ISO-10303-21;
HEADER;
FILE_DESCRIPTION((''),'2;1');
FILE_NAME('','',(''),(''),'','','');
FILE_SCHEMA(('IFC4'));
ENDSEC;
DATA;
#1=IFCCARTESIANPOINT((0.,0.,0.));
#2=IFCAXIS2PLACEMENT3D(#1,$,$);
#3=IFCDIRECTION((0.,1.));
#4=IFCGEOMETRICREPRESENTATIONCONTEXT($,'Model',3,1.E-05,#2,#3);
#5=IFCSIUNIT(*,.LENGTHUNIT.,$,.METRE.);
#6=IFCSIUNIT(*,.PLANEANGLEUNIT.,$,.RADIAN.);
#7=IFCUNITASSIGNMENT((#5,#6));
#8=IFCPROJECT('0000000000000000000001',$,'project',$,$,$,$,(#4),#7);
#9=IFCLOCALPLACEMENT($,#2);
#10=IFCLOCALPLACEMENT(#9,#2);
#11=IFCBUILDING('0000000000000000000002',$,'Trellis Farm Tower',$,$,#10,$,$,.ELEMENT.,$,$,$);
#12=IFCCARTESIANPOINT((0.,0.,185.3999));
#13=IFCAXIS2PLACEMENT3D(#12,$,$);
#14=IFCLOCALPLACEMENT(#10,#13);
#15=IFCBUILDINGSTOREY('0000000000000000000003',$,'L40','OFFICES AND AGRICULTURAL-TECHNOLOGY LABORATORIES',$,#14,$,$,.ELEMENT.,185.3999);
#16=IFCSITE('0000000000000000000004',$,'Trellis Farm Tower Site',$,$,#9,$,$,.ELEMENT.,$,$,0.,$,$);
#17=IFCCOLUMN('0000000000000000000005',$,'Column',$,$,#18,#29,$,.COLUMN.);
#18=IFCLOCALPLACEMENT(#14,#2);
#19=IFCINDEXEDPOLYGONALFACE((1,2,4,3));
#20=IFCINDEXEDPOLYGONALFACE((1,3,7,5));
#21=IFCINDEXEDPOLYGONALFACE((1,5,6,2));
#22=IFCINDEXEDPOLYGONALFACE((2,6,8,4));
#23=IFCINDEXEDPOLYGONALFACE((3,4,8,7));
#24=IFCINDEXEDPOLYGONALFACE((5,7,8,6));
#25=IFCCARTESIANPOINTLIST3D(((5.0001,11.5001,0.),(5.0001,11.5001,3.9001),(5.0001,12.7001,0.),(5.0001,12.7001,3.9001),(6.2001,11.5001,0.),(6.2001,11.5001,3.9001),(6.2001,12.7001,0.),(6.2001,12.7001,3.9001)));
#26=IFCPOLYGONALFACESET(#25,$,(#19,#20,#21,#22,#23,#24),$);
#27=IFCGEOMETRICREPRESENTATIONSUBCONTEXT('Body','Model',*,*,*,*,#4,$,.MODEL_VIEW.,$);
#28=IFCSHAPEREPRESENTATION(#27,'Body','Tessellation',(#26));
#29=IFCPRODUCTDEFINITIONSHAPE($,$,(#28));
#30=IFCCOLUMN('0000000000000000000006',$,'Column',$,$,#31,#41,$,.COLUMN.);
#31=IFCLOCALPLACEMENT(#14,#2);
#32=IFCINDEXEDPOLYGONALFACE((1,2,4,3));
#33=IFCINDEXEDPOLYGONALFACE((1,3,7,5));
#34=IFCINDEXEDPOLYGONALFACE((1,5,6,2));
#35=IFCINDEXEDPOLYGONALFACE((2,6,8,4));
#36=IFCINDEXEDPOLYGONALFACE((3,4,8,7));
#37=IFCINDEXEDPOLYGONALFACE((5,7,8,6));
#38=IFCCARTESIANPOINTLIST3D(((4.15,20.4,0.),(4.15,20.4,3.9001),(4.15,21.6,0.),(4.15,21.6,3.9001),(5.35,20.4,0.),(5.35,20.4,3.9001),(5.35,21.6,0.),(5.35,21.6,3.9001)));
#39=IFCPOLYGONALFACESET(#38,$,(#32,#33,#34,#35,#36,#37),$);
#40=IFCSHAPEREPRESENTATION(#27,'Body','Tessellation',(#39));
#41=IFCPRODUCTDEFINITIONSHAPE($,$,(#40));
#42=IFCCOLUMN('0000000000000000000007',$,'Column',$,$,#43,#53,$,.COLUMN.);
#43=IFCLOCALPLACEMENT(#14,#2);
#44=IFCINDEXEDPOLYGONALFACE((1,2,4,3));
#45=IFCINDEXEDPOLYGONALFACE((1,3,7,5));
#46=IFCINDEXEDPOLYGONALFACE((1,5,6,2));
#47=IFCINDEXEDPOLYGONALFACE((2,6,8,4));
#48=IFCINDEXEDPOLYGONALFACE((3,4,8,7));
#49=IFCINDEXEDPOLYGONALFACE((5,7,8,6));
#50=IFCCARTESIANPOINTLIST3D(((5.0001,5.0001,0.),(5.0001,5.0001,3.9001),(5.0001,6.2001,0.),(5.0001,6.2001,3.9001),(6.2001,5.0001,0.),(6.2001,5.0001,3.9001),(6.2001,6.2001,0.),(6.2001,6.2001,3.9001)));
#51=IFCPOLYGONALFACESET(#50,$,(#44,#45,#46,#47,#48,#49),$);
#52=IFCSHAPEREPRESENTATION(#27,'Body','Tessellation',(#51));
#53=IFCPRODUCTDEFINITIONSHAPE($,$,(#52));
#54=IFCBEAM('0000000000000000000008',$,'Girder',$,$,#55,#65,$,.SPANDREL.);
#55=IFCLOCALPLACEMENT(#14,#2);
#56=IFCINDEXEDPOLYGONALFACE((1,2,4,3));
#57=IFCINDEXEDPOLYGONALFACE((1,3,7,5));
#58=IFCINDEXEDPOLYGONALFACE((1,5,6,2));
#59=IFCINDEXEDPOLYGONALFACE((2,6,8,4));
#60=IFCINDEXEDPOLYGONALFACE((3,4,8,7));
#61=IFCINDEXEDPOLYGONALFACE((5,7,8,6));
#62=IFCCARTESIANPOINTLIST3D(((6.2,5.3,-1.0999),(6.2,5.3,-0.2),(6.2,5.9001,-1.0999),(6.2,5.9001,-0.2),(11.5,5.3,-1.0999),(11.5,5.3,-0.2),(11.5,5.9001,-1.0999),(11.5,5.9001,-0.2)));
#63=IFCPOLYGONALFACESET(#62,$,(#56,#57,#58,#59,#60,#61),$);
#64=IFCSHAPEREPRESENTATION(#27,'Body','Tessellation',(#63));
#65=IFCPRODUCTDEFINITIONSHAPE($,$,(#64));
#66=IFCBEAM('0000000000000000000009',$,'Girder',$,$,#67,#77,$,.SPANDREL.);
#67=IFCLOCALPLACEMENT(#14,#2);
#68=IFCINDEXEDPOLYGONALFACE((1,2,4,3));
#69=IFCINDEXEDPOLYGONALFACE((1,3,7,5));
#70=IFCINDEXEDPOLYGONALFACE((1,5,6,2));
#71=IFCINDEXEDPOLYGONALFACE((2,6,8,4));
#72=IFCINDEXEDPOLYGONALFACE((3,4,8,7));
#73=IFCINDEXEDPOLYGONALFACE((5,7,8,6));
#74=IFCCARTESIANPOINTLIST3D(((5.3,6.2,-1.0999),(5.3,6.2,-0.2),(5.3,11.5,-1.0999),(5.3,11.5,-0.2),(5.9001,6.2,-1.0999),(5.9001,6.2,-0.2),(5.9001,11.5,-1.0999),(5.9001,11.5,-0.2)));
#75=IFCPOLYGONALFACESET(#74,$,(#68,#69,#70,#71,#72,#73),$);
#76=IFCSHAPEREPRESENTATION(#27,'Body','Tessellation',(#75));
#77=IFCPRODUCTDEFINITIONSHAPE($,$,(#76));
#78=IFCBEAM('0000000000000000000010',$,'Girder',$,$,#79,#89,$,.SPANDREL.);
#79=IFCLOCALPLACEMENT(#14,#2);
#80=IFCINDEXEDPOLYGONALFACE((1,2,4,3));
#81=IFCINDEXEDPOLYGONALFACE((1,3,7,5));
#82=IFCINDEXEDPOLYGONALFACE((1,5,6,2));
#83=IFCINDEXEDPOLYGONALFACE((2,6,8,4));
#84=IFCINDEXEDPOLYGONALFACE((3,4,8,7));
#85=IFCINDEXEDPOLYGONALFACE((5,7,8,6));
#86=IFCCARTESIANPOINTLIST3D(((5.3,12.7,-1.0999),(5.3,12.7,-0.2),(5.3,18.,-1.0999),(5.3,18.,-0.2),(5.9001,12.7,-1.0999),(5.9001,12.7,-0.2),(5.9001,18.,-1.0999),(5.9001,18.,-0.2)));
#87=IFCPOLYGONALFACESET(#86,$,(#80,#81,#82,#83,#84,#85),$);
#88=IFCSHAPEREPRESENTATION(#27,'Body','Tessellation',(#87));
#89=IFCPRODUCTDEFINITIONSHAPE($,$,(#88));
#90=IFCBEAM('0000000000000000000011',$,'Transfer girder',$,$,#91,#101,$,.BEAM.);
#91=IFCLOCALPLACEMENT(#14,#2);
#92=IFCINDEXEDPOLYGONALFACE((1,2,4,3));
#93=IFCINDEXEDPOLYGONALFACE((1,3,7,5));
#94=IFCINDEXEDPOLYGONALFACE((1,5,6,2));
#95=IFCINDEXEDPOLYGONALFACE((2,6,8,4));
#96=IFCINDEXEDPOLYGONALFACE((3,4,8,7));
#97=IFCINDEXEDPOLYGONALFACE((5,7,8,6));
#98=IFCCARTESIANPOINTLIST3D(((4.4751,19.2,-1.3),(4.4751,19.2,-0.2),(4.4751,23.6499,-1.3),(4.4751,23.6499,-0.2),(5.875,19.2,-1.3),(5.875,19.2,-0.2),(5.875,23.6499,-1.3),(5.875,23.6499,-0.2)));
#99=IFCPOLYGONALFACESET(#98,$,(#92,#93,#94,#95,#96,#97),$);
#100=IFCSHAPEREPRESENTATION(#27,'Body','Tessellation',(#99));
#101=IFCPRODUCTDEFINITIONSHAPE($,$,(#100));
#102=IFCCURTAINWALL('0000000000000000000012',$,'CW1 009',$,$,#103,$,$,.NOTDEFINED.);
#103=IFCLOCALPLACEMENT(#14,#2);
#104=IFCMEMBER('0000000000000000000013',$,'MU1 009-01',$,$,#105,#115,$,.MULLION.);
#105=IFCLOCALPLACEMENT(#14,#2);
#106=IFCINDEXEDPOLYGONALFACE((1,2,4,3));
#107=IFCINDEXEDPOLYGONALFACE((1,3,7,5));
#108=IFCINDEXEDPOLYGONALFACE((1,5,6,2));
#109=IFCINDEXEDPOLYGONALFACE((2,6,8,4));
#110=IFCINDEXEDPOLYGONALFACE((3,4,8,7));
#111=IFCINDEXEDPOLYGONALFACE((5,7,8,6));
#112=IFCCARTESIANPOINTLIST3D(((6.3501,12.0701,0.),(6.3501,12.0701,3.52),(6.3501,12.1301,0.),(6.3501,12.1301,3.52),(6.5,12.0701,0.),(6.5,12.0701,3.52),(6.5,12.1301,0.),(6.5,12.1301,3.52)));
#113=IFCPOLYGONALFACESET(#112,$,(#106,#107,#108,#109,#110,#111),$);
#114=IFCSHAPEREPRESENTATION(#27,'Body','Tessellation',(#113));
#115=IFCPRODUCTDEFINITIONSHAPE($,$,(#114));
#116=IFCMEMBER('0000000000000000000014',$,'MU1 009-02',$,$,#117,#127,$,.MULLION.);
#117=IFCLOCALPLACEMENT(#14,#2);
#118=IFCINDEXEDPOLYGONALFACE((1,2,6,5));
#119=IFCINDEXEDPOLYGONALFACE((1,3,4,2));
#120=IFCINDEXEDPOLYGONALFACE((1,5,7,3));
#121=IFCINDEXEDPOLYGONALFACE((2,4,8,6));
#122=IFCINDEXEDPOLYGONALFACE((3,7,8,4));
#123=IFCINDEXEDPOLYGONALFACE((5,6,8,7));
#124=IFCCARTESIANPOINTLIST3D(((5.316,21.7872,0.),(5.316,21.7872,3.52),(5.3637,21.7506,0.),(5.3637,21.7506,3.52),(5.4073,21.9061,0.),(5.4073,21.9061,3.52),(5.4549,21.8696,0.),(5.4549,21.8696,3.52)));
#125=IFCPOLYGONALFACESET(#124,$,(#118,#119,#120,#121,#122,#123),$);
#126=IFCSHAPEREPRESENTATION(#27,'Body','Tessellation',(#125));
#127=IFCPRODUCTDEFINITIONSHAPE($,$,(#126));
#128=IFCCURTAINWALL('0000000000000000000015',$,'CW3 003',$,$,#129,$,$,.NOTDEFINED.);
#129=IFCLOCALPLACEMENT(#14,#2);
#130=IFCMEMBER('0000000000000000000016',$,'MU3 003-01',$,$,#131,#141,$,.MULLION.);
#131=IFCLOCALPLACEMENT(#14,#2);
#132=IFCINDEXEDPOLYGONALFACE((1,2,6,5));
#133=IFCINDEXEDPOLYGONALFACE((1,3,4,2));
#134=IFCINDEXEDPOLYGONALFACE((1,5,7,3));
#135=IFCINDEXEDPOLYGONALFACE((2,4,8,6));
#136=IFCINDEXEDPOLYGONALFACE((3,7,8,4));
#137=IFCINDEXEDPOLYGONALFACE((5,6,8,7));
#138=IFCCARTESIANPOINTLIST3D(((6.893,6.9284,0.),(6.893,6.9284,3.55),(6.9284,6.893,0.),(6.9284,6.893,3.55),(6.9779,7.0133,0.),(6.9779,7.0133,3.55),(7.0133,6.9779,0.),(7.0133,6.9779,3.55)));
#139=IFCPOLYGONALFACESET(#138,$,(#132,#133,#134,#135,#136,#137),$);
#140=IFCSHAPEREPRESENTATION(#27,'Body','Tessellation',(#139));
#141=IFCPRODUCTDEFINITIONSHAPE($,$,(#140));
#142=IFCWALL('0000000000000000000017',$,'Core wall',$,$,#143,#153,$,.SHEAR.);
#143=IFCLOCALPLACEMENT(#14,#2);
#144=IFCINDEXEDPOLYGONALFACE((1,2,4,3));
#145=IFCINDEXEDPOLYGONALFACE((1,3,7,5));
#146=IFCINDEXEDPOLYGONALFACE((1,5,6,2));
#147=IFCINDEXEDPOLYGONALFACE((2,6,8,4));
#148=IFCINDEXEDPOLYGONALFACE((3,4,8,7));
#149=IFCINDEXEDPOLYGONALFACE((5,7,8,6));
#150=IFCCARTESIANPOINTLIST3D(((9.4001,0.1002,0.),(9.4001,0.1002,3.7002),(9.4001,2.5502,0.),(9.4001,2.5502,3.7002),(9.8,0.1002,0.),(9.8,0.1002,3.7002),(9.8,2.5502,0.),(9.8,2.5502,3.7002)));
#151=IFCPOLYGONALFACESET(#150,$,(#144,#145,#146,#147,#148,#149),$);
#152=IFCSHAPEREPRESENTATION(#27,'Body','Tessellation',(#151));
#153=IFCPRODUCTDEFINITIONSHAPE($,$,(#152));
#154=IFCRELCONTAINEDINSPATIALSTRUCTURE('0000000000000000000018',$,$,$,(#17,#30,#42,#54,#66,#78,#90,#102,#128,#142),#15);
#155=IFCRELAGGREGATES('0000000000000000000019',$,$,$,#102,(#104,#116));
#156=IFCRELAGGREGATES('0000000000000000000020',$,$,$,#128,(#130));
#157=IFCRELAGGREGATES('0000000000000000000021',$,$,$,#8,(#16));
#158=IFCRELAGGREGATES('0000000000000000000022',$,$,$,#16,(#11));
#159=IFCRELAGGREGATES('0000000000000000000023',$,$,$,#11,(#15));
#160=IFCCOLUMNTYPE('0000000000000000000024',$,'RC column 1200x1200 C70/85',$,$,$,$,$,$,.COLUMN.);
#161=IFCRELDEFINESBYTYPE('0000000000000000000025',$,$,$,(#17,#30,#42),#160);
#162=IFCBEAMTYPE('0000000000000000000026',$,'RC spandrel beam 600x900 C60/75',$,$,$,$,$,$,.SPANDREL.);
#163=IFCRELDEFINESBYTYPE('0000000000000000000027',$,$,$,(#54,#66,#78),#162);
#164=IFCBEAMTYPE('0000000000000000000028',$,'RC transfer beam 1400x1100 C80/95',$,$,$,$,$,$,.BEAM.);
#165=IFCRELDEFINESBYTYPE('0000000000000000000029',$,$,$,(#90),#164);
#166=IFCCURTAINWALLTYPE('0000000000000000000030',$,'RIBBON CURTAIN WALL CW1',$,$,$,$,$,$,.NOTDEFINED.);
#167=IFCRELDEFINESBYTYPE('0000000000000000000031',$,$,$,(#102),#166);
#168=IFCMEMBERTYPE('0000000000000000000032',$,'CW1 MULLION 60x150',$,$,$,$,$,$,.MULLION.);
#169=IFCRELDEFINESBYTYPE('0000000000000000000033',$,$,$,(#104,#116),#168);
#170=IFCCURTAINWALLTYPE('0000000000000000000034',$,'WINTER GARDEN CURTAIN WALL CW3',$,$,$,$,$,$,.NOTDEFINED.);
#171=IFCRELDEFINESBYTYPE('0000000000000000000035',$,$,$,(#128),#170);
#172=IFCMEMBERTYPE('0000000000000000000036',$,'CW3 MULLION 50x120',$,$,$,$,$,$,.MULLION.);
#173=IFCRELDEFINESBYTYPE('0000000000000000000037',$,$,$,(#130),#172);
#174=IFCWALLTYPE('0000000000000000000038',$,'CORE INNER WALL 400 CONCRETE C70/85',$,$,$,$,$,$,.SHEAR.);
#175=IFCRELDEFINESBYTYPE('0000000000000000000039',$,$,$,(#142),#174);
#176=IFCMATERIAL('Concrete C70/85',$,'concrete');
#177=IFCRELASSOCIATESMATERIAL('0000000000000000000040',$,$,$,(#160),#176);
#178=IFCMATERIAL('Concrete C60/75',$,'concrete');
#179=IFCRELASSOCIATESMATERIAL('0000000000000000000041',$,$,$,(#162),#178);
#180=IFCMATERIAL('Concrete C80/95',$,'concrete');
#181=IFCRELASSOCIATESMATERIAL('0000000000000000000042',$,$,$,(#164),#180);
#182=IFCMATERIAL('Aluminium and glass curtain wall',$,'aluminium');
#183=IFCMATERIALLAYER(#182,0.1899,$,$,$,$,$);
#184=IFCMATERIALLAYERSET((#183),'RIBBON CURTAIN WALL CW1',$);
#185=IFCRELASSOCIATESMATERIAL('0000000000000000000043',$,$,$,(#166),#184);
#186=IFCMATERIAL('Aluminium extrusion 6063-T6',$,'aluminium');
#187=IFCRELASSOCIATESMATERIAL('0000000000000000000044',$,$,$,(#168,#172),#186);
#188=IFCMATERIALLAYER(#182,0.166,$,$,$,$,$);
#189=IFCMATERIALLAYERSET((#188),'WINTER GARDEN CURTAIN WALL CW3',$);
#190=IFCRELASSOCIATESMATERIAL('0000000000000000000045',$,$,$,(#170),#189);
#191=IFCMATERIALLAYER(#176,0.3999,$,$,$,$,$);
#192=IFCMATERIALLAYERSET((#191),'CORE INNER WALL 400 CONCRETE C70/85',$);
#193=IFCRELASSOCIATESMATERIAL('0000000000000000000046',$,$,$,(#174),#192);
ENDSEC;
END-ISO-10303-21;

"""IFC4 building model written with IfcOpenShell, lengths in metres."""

from ifc_helpers import new_model, si_unit, direction, frame, frame_2d, origin, origin_2d, place, context, subcontext, project, spatial, rectangle, extrude, source, transform, mapped, material, layer, layer_set, material_profile, profile_set, type_object, element, aggregate, save


model = new_model("IFC4")

# Units and contexts
model_context = context("Model", 3, precision=1e-05, world=origin(), true_north=direction((0.0, 1.0)))
body_context = subcontext(model_context, "Body", "Model", "MODEL_VIEW")
ifc_project = project(units=[si_unit("LENGTHUNIT", "METRE"), si_unit("PLANEANGLEUNIT", "RADIAN")], contexts=[model_context])

# Site, building, storey
site_placement = place(None, origin())
site = spatial("IfcSite", under=ifc_project, at=site_placement, Name="Trellis Farm Tower Site", CompositionType="ELEMENT", RefElevation=0.0)
building_placement = place(site_placement, origin())
building = spatial("IfcBuilding", under=site, at=building_placement, Name="Trellis Farm Tower", CompositionType="ELEMENT")
storey_placement = place(building_placement, frame((0.0, 0.0, 185.3999)))
storey = spatial("IfcBuildingStorey", under=building, at=storey_placement, Name="L40", Description="OFFICES AND AGRICULTURAL-TECHNOLOGY LABORATORIES", CompositionType="ELEMENT", Elevation=185.3999)

# Columns
ifc_material_1 = material(Name="Concrete C70/85", Category="concrete")
ifc_material_profile_1 = material_profile(ifc_material_1, rectangle(XDim=1.2, YDim=1.2, at=origin_2d()), Name="RC column 1200x1200 C70/85")
ifc_profile_set_1 = profile_set([ifc_material_profile_1], Name="Concrete C70/85")
column_type = type_object("IfcColumnType", Name="RC column 1200x1200 C70/85", PredefinedType="COLUMN", material=ifc_profile_set_1)
shared_shape_1 = source(origin(), body_context, "Body", "SweptSolid", [
    extrude(rectangle(XDim=1.2, YDim=1.2, at=origin_2d()), origin(), (0.0, 0.0, 1.0), 3.9001),
])
for number, where, z_axis, x_axis, name in (
    (1, (5.6001, 12.1001, 0.0), (0.0, 0.0, 1.0), (1.0, 0.0, 0.0), "Column"),
    (2, (4.75, 21.0, 0.0), (0.0, 0.0, 1.0), (1.0, 0.0, 0.0), "Column"),
    (3, (5.6001, 5.6001, 0.0), (0.0, 0.0, 1.0), (1.0, 0.0, 0.0), "Column"),
):
    element("IfcColumn", number, at=place(storey_placement, frame(where, z_axis=z_axis, x_axis=x_axis)), inside=storey, type_object=column_type, Name=name, PredefinedType="COLUMN", context=body_context, shape_type="MappedRepresentation", body=[
        mapped(shared_shape_1, transform((0.0, 0.0, 0.0))),
    ])

# Beams
ifc_material_2 = material(Name="Concrete C60/75", Category="concrete")
ifc_material_profile_2 = material_profile(ifc_material_2, rectangle(XDim=0.6001, YDim=0.8999, at=origin_2d()), Name="RC spandrel beam 600x900 C60/75")
ifc_profile_set_2 = profile_set([ifc_material_profile_2], Name="Concrete C60/75")
beam_type_1 = type_object("IfcBeamType", Name="RC spandrel beam 600x900 C60/75", PredefinedType="SPANDREL", material=ifc_profile_set_2)
shared_shape_2 = source(origin(), body_context, "Body", "SweptSolid", [
    extrude(rectangle(XDim=0.6001, YDim=0.8999, at=origin_2d()), origin(), (0.0, 0.0, 1.0), 5.3),
])
for number, where, z_axis, x_axis, name in (
    (4, (6.2, 5.6001, -0.6499), (1.0, 0.0, 0.0), (0.0, 1.0, 0.0), "Girder"),
    (5, (5.6001, 6.2, -0.6499), (0.0, 1.0, 0.0), (-1.0, 0.0, 0.0), "Girder"),
    (6, (5.6001, 12.7, -0.6499), (0.0, 1.0, 0.0), (-1.0, 0.0, 0.0), "Girder"),
):
    element("IfcBeam", number, at=place(storey_placement, frame(where, z_axis=z_axis, x_axis=x_axis)), inside=storey, type_object=beam_type_1, Name=name, PredefinedType="SPANDREL", context=body_context, shape_type="MappedRepresentation", body=[
        mapped(shared_shape_2, transform((0.0, 0.0, 0.0))),
    ])
ifc_material_3 = material(Name="Concrete C80/95", Category="concrete")
ifc_material_profile_3 = material_profile(ifc_material_3, rectangle(XDim=1.3999, YDim=1.1001, at=origin_2d()), Name="RC transfer beam 1400x1100 C80/95")
ifc_profile_set_3 = profile_set([ifc_material_profile_3], Name="Concrete C80/95")
beam_type_2 = type_object("IfcBeamType", Name="RC transfer beam 1400x1100 C80/95", PredefinedType="BEAM", material=ifc_profile_set_3)
shared_shape_3 = source(origin(), body_context, "Body", "SweptSolid", [
    extrude(rectangle(XDim=1.3999, YDim=1.1001, at=origin_2d()), origin(), (0.0, 0.0, 1.0), 4.45),
])
beam_placement = place(storey_placement, frame((5.175, 19.2, -0.75), z_axis=(0.0, 1.0, 0.0), x_axis=(-1.0, 0.0, 0.0)))
element("IfcBeam", 7, at=beam_placement, inside=storey, type_object=beam_type_2, Name="Transfer girder", PredefinedType="BEAM", context=body_context, shape_type="MappedRepresentation", body=[
    mapped(shared_shape_3, transform((0.0, 0.0, 0.0))),
])

# Curtain wall, members
ifc_material_4 = material(Name="Aluminium and glass curtain wall", Category="aluminium")
ifc_layer_1 = layer(ifc_material_4, 0.1899)
ifc_layer_set_1 = layer_set([ifc_layer_1], Name="RIBBON CURTAIN WALL CW1")
curtain_wall_type_1 = type_object("IfcCurtainWallType", Name="RIBBON CURTAIN WALL CW1", PredefinedType="NOTDEFINED", material=ifc_layer_set_1)
placement = place(storey_placement, origin())
curtain_wall_1 = element("IfcCurtainWall", 8, at=placement, inside=storey, type_object=curtain_wall_type_1, Name="CW1 009", PredefinedType="NOTDEFINED")
ifc_material_5 = material(Name="Aluminium extrusion 6063-T6", Category="aluminium")
ifc_material_profile_4 = material_profile(ifc_material_5, rectangle(XDim=0.0601, YDim=0.1499, at=origin_2d()), Name="MULLION 60x150")
ifc_profile_set_4 = profile_set([ifc_material_profile_4], Name="Aluminium extrusion 6063-T6")
member_type_1 = type_object("IfcMemberType", Name="CW1 MULLION 60x150", PredefinedType="MULLION", material=ifc_profile_set_4)
shared_shape_4 = source(origin(), body_context, "Body", "SweptSolid", [
    extrude(rectangle(XDim=0.0601, YDim=0.1499, at=origin_2d()), origin(), (0.0, 0.0, 1.0), 3.52),
])
member_1_placement = place(storey_placement, frame((6.425, 12.1001, 0.0), z_axis=(0.0, 0.0, 1.0), x_axis=(0.0, 1.0, 0.0)))
member_1 = element("IfcMember", 9, at=member_1_placement, type_object=member_type_1, Name="MU1 009-01", PredefinedType="MULLION", context=body_context, shape_type="MappedRepresentation", body=[
    mapped(shared_shape_4, transform((0.0, 0.0, 0.0))),
])
member_2_placement = place(storey_placement, frame((5.3855, 21.8284, 0.0), z_axis=(0.0, 0.0, 1.0), x_axis=(-0.793353, 0.608761, 0.0)))
member_2 = element("IfcMember", 10, at=member_2_placement, type_object=member_type_1, Name="MU1 009-02", PredefinedType="MULLION", context=body_context, shape_type="MappedRepresentation", body=[
    mapped(shared_shape_4, transform((0.0, 0.0, 0.0))),
])
aggregate(curtain_wall_1, [member_1, member_2])

# Curtain wall, member
ifc_layer_2 = layer(ifc_material_4, 0.166)
ifc_layer_set_2 = layer_set([ifc_layer_2], Name="WINTER GARDEN CURTAIN WALL CW3")
curtain_wall_type_2 = type_object("IfcCurtainWallType", Name="WINTER GARDEN CURTAIN WALL CW3", PredefinedType="NOTDEFINED", material=ifc_layer_set_2)
curtain_wall_2 = element("IfcCurtainWall", 11, at=placement, inside=storey, type_object=curtain_wall_type_2, Name="CW3 003", PredefinedType="NOTDEFINED")
ifc_material_profile_5 = material_profile(ifc_material_5, rectangle(XDim=0.05, YDim=0.1201, at=origin_2d()), Name="MULLION 50x120")
ifc_profile_set_5 = profile_set([ifc_material_profile_5], Name="Aluminium extrusion 6063-T6")
member_type_2 = type_object("IfcMemberType", Name="CW3 MULLION 50x120", PredefinedType="MULLION", material=ifc_profile_set_5)
shared_shape_5 = source(origin(), body_context, "Body", "SweptSolid", [
    extrude(rectangle(XDim=0.05, YDim=0.1201, at=origin_2d()), origin(), (0.0, 0.0, 1.0), 3.55),
])
member_3_placement = place(storey_placement, frame((6.9531, 6.9531, 0.0), z_axis=(0.0, 0.0, 1.0), x_axis=(-0.707107, 0.707107, 0.0)))
member_3 = element("IfcMember", 12, at=member_3_placement, type_object=member_type_2, Name="MU3 003-01", PredefinedType="MULLION", context=body_context, shape_type="MappedRepresentation", body=[
    mapped(shared_shape_5, transform((0.0, 0.0, 0.0))),
])
aggregate(curtain_wall_2, [member_3])

# Wall
ifc_layer_3 = layer(ifc_material_1, 0.3999)
ifc_layer_set_3 = layer_set([ifc_layer_3], Name="CORE INNER WALL 400 CONCRETE C70/85")
wall_type_1 = type_object("IfcWallType", Name="CORE INNER WALL 400 CONCRETE C70/85", PredefinedType="SHEAR", material=ifc_layer_set_3)
shared_shape_6 = source(origin(), body_context, "Body", "SweptSolid", [
    extrude(rectangle(XDim=2.45, YDim=0.3999, at=frame_2d((1.2251, 0.0))), origin(), (0.0, 0.0, 1.0), 3.7002),
])
wall_1_placement = place(storey_placement, frame((9.6001, 0.1001, 0.0), z_axis=(0.0, 0.0, 1.0), x_axis=(0.0, 1.0, 0.0)))
element("IfcWall", 13, at=wall_1_placement, inside=storey, type_object=wall_type_1, Name="Core wall", PredefinedType="SHEAR", context=body_context, shape_type="MappedRepresentation", body=[
    mapped(shared_shape_6, transform((0.0, 0.0, 0.0))),
])

save(model, "model.ifc")
